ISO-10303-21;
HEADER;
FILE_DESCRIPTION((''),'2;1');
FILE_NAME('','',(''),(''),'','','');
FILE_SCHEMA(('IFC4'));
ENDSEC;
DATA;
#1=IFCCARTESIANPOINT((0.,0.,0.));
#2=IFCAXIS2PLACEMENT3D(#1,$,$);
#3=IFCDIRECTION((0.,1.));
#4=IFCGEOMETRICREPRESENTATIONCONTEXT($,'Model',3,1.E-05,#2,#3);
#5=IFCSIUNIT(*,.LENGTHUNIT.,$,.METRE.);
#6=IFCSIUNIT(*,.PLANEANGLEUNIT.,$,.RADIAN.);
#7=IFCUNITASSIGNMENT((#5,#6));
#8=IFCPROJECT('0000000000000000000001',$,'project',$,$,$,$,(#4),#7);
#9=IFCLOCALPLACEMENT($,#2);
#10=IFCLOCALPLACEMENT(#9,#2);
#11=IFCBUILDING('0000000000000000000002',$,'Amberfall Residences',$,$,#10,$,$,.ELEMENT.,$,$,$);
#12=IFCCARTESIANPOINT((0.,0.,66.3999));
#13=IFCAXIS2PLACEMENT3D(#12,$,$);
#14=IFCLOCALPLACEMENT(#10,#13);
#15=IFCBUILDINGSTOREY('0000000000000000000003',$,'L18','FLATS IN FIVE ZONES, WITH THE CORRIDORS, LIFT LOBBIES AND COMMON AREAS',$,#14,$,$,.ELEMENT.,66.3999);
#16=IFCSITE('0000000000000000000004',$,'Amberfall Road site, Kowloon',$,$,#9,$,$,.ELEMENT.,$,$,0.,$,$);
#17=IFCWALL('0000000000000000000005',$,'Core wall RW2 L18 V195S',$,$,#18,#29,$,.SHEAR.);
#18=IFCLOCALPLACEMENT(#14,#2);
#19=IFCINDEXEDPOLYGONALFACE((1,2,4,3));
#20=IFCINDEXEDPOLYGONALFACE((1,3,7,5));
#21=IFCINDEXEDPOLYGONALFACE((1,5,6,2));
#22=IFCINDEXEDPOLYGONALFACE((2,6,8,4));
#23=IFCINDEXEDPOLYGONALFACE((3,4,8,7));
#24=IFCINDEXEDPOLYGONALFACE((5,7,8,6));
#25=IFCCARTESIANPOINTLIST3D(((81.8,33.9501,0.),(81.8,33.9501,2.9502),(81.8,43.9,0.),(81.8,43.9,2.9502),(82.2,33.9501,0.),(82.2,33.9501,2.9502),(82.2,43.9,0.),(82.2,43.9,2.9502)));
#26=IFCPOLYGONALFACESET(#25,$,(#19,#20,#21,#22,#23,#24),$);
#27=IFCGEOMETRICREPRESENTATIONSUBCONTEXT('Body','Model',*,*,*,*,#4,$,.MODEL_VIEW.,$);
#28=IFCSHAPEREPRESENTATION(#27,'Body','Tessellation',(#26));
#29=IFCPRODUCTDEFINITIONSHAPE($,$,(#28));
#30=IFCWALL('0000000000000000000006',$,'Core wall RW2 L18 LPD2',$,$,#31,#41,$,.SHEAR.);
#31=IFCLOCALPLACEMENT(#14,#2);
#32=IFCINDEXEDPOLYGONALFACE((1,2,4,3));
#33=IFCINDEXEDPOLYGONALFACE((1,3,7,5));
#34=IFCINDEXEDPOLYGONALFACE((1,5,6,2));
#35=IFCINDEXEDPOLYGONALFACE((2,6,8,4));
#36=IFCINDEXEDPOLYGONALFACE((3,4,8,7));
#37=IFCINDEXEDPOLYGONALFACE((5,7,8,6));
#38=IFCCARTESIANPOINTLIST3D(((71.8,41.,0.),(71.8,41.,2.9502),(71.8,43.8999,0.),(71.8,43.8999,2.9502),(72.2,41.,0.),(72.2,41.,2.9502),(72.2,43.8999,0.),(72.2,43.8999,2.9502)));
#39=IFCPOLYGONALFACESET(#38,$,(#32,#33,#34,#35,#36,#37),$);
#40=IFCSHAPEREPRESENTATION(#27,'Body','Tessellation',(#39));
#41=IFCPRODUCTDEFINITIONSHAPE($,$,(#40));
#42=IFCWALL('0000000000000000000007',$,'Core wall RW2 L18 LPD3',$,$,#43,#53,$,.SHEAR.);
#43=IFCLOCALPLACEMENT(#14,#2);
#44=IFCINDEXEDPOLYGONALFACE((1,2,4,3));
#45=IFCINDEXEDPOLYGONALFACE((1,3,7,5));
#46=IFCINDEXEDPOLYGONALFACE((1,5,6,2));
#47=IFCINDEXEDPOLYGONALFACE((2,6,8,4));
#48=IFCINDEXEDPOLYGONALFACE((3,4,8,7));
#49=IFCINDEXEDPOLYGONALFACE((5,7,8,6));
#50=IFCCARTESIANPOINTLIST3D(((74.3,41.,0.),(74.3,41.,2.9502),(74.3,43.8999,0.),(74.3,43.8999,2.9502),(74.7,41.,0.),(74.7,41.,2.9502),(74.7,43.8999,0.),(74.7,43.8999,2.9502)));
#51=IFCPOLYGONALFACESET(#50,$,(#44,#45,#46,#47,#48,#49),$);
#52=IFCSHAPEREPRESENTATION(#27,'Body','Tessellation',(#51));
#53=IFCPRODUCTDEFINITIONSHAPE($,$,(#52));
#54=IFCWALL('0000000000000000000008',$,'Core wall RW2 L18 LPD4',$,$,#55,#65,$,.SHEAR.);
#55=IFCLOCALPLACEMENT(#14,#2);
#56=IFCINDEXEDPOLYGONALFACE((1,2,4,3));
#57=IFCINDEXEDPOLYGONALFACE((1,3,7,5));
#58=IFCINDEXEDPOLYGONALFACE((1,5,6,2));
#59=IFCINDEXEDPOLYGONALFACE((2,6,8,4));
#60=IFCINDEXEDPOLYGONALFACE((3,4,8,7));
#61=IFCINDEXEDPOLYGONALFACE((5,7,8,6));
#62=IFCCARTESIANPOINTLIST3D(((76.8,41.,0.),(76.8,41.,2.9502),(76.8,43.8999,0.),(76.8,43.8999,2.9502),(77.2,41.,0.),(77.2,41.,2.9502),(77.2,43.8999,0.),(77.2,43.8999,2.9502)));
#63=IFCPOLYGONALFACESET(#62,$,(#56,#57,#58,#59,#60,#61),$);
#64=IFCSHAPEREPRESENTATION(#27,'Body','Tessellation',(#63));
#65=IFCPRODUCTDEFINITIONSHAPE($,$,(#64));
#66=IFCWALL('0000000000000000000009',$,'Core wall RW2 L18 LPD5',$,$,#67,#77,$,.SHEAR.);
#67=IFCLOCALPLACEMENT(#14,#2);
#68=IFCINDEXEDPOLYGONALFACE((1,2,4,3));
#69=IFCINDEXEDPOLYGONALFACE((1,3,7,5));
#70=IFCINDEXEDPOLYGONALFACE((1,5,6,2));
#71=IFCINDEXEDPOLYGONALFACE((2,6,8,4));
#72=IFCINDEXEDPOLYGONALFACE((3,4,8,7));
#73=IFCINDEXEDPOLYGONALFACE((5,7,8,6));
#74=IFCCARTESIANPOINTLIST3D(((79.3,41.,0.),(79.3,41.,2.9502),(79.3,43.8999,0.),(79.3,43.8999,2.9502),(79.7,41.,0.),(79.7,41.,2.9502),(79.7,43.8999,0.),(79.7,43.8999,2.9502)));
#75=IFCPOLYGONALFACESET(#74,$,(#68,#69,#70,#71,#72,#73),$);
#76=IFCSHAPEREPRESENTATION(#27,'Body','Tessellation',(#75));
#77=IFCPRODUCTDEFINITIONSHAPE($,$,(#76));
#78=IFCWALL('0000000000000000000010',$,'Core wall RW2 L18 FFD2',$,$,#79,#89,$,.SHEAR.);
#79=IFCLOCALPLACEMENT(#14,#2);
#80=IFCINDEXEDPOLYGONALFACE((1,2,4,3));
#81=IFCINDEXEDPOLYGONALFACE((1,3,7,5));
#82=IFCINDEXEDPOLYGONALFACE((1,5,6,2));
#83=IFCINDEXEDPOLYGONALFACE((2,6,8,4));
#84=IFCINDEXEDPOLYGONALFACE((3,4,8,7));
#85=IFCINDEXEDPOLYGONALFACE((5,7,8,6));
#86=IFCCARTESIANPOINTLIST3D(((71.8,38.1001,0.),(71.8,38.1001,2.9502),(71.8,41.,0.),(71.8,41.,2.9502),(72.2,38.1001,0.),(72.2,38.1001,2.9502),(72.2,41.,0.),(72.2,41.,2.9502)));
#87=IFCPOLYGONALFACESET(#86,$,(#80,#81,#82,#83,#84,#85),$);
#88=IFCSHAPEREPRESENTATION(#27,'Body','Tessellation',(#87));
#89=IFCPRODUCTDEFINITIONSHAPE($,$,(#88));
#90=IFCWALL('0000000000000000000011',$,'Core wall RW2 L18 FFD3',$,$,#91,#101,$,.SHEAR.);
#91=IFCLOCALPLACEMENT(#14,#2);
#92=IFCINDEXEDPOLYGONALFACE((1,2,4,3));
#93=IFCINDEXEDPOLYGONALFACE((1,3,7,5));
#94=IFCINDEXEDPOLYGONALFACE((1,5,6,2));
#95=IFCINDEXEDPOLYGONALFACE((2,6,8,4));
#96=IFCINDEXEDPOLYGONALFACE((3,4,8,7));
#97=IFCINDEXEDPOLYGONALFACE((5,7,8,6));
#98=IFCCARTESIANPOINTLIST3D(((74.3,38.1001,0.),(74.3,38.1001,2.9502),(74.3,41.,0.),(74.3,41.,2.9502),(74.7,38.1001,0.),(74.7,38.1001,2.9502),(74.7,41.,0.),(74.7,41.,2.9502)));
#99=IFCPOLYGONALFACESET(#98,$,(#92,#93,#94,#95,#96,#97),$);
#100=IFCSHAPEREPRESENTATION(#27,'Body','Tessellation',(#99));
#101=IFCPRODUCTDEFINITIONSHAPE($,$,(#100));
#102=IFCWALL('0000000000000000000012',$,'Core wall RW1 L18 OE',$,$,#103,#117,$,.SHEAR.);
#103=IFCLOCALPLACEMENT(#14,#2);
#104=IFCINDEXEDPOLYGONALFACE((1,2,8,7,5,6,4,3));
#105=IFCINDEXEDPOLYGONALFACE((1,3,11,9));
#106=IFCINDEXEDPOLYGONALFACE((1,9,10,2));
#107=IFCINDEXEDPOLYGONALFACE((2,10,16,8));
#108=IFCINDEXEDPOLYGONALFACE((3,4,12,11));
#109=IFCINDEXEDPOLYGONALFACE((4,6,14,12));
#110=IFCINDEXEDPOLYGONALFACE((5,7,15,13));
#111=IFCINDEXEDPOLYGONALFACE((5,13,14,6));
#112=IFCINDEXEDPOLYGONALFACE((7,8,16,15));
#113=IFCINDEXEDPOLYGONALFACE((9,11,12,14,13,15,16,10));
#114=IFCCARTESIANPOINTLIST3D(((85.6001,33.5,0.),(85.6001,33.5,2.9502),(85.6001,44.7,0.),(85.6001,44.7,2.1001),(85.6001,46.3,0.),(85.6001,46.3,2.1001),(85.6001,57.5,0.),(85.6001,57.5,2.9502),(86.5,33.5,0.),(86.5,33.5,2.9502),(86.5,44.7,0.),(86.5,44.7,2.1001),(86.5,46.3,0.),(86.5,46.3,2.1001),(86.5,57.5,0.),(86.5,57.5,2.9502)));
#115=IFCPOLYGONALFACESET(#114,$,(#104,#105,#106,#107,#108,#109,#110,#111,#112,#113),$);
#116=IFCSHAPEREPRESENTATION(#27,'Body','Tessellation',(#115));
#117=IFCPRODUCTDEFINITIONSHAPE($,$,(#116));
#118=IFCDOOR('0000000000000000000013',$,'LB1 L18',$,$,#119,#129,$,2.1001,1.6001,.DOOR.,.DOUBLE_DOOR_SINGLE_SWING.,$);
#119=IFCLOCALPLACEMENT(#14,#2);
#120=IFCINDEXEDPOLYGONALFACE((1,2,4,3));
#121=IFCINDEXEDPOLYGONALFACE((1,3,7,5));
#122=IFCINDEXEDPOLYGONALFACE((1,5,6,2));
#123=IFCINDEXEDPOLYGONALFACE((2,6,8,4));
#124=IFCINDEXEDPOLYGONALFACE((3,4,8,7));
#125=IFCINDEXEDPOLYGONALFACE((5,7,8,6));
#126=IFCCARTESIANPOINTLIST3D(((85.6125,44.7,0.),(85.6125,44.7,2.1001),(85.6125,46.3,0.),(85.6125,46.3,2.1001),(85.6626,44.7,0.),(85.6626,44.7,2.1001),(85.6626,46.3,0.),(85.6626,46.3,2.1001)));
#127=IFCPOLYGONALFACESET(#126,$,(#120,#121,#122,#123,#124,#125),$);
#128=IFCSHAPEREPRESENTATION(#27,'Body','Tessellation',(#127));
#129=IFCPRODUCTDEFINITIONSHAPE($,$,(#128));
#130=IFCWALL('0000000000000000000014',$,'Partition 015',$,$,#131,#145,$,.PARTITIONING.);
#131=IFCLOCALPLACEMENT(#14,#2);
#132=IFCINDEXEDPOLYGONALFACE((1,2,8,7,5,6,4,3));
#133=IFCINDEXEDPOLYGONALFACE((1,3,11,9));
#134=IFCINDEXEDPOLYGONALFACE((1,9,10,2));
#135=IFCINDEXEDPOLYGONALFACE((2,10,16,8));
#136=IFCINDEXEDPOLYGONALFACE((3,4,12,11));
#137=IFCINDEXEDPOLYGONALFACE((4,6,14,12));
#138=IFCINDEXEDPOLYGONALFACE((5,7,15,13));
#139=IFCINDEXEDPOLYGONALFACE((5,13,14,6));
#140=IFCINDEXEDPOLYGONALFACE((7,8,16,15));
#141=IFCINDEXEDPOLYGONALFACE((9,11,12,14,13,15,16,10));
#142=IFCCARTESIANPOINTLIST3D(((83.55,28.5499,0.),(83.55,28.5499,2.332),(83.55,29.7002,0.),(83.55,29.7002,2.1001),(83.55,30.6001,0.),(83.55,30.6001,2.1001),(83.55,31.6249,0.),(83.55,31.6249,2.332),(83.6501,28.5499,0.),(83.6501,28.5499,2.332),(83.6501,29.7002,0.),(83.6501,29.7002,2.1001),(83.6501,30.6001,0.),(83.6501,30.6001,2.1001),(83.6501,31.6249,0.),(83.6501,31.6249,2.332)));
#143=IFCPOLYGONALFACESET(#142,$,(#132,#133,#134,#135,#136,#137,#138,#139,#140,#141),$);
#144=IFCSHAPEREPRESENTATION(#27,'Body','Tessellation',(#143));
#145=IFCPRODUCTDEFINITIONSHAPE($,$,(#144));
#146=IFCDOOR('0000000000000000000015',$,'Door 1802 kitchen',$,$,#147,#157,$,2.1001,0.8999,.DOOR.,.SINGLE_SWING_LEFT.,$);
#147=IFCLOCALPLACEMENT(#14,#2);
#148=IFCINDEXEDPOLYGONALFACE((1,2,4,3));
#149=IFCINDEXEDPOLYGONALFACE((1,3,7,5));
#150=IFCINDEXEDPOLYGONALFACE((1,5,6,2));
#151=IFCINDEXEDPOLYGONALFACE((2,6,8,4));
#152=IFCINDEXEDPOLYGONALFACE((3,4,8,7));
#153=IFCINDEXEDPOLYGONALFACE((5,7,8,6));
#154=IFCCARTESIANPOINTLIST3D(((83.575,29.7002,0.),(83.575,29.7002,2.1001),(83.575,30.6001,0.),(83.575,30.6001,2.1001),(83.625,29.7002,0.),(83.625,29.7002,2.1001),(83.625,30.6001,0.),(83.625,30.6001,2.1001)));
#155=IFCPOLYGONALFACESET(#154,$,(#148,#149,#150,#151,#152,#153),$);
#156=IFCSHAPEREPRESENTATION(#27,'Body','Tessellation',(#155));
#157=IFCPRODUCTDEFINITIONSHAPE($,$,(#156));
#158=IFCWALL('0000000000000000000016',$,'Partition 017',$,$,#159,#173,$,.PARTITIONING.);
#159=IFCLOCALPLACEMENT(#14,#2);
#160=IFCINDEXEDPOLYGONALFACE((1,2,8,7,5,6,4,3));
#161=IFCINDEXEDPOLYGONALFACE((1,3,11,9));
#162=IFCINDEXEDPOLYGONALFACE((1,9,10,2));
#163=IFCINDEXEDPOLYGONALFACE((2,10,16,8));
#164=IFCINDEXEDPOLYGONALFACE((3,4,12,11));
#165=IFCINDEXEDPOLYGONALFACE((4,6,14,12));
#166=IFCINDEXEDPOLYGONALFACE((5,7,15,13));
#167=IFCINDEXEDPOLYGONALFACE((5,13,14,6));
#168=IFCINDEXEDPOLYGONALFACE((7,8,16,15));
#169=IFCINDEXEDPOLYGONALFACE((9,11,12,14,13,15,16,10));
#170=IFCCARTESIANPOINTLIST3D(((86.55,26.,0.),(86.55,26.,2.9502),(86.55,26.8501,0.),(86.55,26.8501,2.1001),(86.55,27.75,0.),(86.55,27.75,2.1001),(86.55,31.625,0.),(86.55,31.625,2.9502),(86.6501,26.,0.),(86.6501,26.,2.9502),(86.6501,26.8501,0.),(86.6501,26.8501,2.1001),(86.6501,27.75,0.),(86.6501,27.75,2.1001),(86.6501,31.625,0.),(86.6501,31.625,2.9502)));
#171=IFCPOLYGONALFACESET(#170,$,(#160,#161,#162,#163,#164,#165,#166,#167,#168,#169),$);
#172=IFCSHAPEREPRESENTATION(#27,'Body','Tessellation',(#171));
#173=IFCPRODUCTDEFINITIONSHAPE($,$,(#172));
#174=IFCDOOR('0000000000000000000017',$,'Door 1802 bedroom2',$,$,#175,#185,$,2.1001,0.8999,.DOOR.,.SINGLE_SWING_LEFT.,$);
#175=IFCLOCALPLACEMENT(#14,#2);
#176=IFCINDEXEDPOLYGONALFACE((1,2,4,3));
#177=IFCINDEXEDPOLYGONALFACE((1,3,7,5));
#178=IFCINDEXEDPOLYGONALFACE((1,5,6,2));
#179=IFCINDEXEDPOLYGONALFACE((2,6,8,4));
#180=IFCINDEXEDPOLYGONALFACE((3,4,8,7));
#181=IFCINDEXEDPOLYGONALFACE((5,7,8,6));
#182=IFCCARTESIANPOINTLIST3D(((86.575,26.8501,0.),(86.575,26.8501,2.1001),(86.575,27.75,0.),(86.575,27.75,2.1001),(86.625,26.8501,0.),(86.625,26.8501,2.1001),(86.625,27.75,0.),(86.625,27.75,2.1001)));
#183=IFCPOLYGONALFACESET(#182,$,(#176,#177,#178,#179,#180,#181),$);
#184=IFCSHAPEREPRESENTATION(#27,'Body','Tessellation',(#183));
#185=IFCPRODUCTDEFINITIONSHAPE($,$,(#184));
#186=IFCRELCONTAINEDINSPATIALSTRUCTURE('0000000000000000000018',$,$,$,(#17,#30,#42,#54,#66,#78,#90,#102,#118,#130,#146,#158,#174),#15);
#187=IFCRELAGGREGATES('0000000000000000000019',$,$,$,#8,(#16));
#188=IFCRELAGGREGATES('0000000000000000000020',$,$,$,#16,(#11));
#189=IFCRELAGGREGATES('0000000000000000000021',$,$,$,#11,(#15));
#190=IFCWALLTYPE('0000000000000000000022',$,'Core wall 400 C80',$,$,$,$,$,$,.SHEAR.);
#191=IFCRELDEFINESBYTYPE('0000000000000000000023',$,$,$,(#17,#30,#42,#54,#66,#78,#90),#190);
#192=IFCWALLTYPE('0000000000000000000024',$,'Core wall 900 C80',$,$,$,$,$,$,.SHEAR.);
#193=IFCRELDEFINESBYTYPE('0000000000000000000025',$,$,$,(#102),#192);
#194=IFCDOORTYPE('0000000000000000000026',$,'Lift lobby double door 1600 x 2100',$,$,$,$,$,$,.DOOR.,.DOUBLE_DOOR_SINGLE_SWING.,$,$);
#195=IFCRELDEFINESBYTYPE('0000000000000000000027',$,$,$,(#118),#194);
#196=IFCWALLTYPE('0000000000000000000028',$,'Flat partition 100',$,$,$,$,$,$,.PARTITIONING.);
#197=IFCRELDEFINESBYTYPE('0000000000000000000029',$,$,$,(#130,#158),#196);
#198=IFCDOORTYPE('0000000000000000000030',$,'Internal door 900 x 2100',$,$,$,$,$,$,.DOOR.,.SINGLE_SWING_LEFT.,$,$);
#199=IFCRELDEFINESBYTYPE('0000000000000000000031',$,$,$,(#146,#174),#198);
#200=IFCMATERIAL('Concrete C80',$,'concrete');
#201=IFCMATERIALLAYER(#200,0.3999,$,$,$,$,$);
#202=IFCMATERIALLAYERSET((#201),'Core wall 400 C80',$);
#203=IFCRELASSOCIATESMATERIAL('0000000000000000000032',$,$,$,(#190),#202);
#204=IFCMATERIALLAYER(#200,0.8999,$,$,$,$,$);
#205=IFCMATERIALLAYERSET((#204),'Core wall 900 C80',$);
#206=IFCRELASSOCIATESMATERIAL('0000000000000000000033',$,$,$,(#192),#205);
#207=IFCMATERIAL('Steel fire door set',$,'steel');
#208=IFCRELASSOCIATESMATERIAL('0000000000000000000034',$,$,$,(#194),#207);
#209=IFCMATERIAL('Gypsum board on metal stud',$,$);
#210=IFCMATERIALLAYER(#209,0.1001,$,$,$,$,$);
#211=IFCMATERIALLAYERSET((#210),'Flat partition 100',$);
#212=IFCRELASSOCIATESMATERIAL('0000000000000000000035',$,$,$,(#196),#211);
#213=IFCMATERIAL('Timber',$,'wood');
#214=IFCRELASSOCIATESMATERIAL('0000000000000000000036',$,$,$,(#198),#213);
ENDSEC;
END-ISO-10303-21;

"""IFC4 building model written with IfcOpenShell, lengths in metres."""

from ifc_helpers import new_model, si_unit, direction, frame, frame_2d, origin, place, context, subcontext, project, spatial, rectangle, extrude, material, layer, layer_set, type_object, element, fill, save


model = new_model("IFC4")

# Units and contexts
model_context = context("Model", 3, precision=1e-05, world=origin(), true_north=direction((0.0, 1.0)))
body_context = subcontext(model_context, "Body", "Model", "MODEL_VIEW")
ifc_project = project(units=[si_unit("LENGTHUNIT", "METRE"), si_unit("PLANEANGLEUNIT", "RADIAN")], contexts=[model_context])

# Site, building, storey
site_placement = place(None, origin())
site = spatial("IfcSite", under=ifc_project, at=site_placement, Name="Amberfall Road site, Kowloon", CompositionType="ELEMENT", RefElevation=0.0)
building_placement = place(site_placement, origin())
building = spatial("IfcBuilding", under=site, at=building_placement, Name="Amberfall Residences", CompositionType="ELEMENT")
storey_placement = place(building_placement, frame((0.0, 0.0, 66.3999)))
storey = spatial("IfcBuildingStorey", under=building, at=storey_placement, Name="L18", Description="FLATS IN FIVE ZONES, WITH THE CORRIDORS, LIFT LOBBIES AND COMMON AREAS", CompositionType="ELEMENT", Elevation=66.3999)

# Walls
ifc_material_1 = material(Name="Concrete C80", Category="concrete")
ifc_layer_1 = layer(ifc_material_1, 0.3999)
ifc_layer_set_1 = layer_set([ifc_layer_1], Name="Core wall 400 C80")
wall_type_1 = type_object("IfcWallType", Name="Core wall 400 C80", PredefinedType="SHEAR", material=ifc_layer_set_1)
wall_1_placement = place(storey_placement, frame((82.0, 33.95, 0.0), z_axis=(0.0, 0.0, 1.0), x_axis=(0.0, 1.0, 0.0)))
element("IfcWall", 1, at=wall_1_placement, inside=storey, type_object=wall_type_1, Name="Core wall RW2 L18 V195S", PredefinedType="SHEAR", context=body_context, shape_type="SweptSolid", body=[
    extrude(rectangle(XDim=9.95, YDim=0.3999, at=frame_2d((4.9751, 0.0))), origin(), (0.0, 0.0, 1.0), 2.9502),
])
for number, where, z_axis, x_axis, name in (
    (2, (72.0, 41.0, 0.0), (0.0, 0.0, 1.0), (0.0, 1.0, 0.0), "Core wall RW2 L18 LPD2"),
    (3, (74.5, 41.0, 0.0), (0.0, 0.0, 1.0), (0.0, 1.0, 0.0), "Core wall RW2 L18 LPD3"),
    (4, (77.0, 41.0, 0.0), (0.0, 0.0, 1.0), (0.0, 1.0, 0.0), "Core wall RW2 L18 LPD4"),
    (5, (79.5, 41.0, 0.0), (0.0, 0.0, 1.0), (0.0, 1.0, 0.0), "Core wall RW2 L18 LPD5"),
    (6, (72.0, 38.1001, 0.0), (0.0, 0.0, 1.0), (0.0, 1.0, 0.0), "Core wall RW2 L18 FFD2"),
    (7, (74.5, 38.1001, 0.0), (0.0, 0.0, 1.0), (0.0, 1.0, 0.0), "Core wall RW2 L18 FFD3"),
):
    element("IfcWall", number, at=place(storey_placement, frame(where, z_axis=z_axis, x_axis=x_axis)), inside=storey, type_object=wall_type_1, Name=name, PredefinedType="SHEAR", context=body_context, shape_type="SweptSolid", body=[
        extrude(rectangle(XDim=2.8999, YDim=0.3999, at=frame_2d((1.45, 0.0))), origin(), (0.0, 0.0, 1.0), 2.9502),
    ])

# Walls, openings, doors
ifc_layer_2 = layer(ifc_material_1, 0.8999)
ifc_layer_set_2 = layer_set([ifc_layer_2], Name="Core wall 900 C80")
wall_type_2 = type_object("IfcWallType", Name="Core wall 900 C80", PredefinedType="SHEAR", material=ifc_layer_set_2)
wall_2_placement = place(storey_placement, frame((86.05, 33.5, 0.0), z_axis=(0.0, 0.0, 1.0), x_axis=(0.0, 1.0, 0.0)))
wall_2 = element("IfcWall", 8, at=wall_2_placement, inside=storey, type_object=wall_type_2, Name="Core wall RW1 L18 OE", PredefinedType="SHEAR", context=body_context, shape_type="SweptSolid", body=[
    extrude(rectangle(XDim=24.0, YDim=0.8999, at=frame_2d((12.0, 0.0))), origin(), (0.0, 0.0, 1.0), 2.9502),
])
opening_1_placement = place(wall_2_placement, frame((11.2, 0.0, 0.0)))
opening_1 = element("IfcOpeningElement", 9, at=opening_1_placement, cuts=wall_2, PredefinedType="OPENING", context=body_context, shape_type="SweptSolid", body=[
    extrude(rectangle(XDim=1.6001, YDim=2.1001, at=frame_2d((0.8, 1.05))), frame((0.0, 0.46, 0.0), z_axis=(0.0, -1.0, 0.0), x_axis=(1.0, 0.0, 0.0)), (0.0, 0.0, 1.0), 0.9199),
])
ifc_material_2 = material(Name="Steel fire door set", Category="steel")
door_type_1 = type_object("IfcDoorType", Name="Lift lobby double door 1600 x 2100", OperationType="DOUBLE_DOOR_SINGLE_SWING", PredefinedType="DOOR", material=ifc_material_2)
door_1_placement = place(opening_1_placement, origin())
door_1 = element("IfcDoor", 10, at=door_1_placement, inside=storey, type_object=door_type_1, Name="LB1 L18", OperationType="DOUBLE_DOOR_SINGLE_SWING", OverallHeight=2.1001, OverallWidth=1.6001, PredefinedType="DOOR", context=body_context, shape_type="SweptSolid", body=[
    extrude(rectangle(XDim=1.6001, YDim=2.1001, at=frame_2d((0.8, 1.05))), frame((0.0, 0.4375, 0.0), z_axis=(0.0, -1.0, 0.0), x_axis=(1.0, 0.0, 0.0)), (0.0, 0.0, 1.0), 0.05),
])
fill(opening_1, door_1)
ifc_material_3 = material(Name="Gypsum board on metal stud")
ifc_layer_3 = layer(ifc_material_3, 0.1001)
ifc_layer_set_3 = layer_set([ifc_layer_3], Name="Flat partition 100")
wall_type_3 = type_object("IfcWallType", Name="Flat partition 100", PredefinedType="PARTITIONING", material=ifc_layer_set_3)
wall_3_placement = place(storey_placement, frame((83.6001, 31.625, 0.0), z_axis=(0.0, 0.0, 1.0), x_axis=(0.0, -1.0, 0.0)))
wall_3 = element("IfcWall", 11, at=wall_3_placement, inside=storey, type_object=wall_type_3, Name="Partition 015", PredefinedType="PARTITIONING", context=body_context, shape_type="SweptSolid", body=[
    extrude(rectangle(XDim=3.075, YDim=0.1001, at=frame_2d((1.5376, 0.0))), origin(), (0.0, 0.0, 1.0), 2.332),
])
opening_2_placement = place(wall_3_placement, frame((1.0249, 0.0, 0.0)))
opening_2 = element("IfcOpeningElement", 12, at=opening_2_placement, cuts=wall_3, PredefinedType="OPENING", context=body_context, shape_type="SweptSolid", body=[
    extrude(rectangle(XDim=0.8999, YDim=2.1001, at=frame_2d((0.45, 1.05))), frame((0.0, 0.0601, 0.0), z_axis=(0.0, -1.0, 0.0), x_axis=(1.0, 0.0, 0.0)), (0.0, 0.0, 1.0), 0.1201),
])
ifc_material_4 = material(Name="Timber", Category="wood")
door_type_2 = type_object("IfcDoorType", Name="Internal door 900 x 2100", OperationType="SINGLE_SWING_LEFT", PredefinedType="DOOR", material=ifc_material_4)
door_2_placement = place(opening_2_placement, origin())
door_2 = element("IfcDoor", 13, at=door_2_placement, inside=storey, type_object=door_type_2, Name="Door 1802 kitchen", OperationType="SINGLE_SWING_LEFT", OverallHeight=2.1001, OverallWidth=0.8999, PredefinedType="DOOR", context=body_context, shape_type="SweptSolid", body=[
    extrude(rectangle(XDim=0.8999, YDim=2.1001, at=frame_2d((0.45, 1.05))), frame((0.0, 0.0249, 0.0), z_axis=(0.0, -1.0, 0.0), x_axis=(1.0, 0.0, 0.0)), (0.0, 0.0, 1.0), 0.05),
])
fill(opening_2, door_2)
wall_4_placement = place(storey_placement, frame((86.6001, 31.625, 0.0), z_axis=(0.0, 0.0, 1.0), x_axis=(0.0, -1.0, 0.0)))
wall_4 = element("IfcWall", 14, at=wall_4_placement, inside=storey, type_object=wall_type_3, Name="Partition 017", PredefinedType="PARTITIONING", context=body_context, shape_type="SweptSolid", body=[
    extrude(rectangle(XDim=5.625, YDim=0.1001, at=frame_2d((2.8125, 0.0))), origin(), (0.0, 0.0, 1.0), 2.9502),
])
opening_3_placement = place(wall_4_placement, frame((3.875, 0.0, 0.0)))
opening_3 = element("IfcOpeningElement", 15, at=opening_3_placement, cuts=wall_4, PredefinedType="OPENING", context=body_context, shape_type="SweptSolid", body=[
    extrude(rectangle(XDim=0.8999, YDim=2.1001, at=frame_2d((0.45, 1.05))), frame((0.0, 0.0601, 0.0), z_axis=(0.0, -1.0, 0.0), x_axis=(1.0, 0.0, 0.0)), (0.0, 0.0, 1.0), 0.1201),
])
door_3_placement = place(opening_3_placement, origin())
door_3 = element("IfcDoor", 16, at=door_3_placement, inside=storey, type_object=door_type_2, Name="Door 1802 bedroom2", OperationType="SINGLE_SWING_LEFT", OverallHeight=2.1001, OverallWidth=0.8999, PredefinedType="DOOR", context=body_context, shape_type="SweptSolid", body=[
    extrude(rectangle(XDim=0.8999, YDim=2.1001, at=frame_2d((0.45, 1.05))), frame((0.0, 0.0249, 0.0), z_axis=(0.0, -1.0, 0.0), x_axis=(1.0, 0.0, 0.0)), (0.0, 0.0, 1.0), 0.05),
])
fill(opening_3, door_3)

save(model, "model.ifc")
